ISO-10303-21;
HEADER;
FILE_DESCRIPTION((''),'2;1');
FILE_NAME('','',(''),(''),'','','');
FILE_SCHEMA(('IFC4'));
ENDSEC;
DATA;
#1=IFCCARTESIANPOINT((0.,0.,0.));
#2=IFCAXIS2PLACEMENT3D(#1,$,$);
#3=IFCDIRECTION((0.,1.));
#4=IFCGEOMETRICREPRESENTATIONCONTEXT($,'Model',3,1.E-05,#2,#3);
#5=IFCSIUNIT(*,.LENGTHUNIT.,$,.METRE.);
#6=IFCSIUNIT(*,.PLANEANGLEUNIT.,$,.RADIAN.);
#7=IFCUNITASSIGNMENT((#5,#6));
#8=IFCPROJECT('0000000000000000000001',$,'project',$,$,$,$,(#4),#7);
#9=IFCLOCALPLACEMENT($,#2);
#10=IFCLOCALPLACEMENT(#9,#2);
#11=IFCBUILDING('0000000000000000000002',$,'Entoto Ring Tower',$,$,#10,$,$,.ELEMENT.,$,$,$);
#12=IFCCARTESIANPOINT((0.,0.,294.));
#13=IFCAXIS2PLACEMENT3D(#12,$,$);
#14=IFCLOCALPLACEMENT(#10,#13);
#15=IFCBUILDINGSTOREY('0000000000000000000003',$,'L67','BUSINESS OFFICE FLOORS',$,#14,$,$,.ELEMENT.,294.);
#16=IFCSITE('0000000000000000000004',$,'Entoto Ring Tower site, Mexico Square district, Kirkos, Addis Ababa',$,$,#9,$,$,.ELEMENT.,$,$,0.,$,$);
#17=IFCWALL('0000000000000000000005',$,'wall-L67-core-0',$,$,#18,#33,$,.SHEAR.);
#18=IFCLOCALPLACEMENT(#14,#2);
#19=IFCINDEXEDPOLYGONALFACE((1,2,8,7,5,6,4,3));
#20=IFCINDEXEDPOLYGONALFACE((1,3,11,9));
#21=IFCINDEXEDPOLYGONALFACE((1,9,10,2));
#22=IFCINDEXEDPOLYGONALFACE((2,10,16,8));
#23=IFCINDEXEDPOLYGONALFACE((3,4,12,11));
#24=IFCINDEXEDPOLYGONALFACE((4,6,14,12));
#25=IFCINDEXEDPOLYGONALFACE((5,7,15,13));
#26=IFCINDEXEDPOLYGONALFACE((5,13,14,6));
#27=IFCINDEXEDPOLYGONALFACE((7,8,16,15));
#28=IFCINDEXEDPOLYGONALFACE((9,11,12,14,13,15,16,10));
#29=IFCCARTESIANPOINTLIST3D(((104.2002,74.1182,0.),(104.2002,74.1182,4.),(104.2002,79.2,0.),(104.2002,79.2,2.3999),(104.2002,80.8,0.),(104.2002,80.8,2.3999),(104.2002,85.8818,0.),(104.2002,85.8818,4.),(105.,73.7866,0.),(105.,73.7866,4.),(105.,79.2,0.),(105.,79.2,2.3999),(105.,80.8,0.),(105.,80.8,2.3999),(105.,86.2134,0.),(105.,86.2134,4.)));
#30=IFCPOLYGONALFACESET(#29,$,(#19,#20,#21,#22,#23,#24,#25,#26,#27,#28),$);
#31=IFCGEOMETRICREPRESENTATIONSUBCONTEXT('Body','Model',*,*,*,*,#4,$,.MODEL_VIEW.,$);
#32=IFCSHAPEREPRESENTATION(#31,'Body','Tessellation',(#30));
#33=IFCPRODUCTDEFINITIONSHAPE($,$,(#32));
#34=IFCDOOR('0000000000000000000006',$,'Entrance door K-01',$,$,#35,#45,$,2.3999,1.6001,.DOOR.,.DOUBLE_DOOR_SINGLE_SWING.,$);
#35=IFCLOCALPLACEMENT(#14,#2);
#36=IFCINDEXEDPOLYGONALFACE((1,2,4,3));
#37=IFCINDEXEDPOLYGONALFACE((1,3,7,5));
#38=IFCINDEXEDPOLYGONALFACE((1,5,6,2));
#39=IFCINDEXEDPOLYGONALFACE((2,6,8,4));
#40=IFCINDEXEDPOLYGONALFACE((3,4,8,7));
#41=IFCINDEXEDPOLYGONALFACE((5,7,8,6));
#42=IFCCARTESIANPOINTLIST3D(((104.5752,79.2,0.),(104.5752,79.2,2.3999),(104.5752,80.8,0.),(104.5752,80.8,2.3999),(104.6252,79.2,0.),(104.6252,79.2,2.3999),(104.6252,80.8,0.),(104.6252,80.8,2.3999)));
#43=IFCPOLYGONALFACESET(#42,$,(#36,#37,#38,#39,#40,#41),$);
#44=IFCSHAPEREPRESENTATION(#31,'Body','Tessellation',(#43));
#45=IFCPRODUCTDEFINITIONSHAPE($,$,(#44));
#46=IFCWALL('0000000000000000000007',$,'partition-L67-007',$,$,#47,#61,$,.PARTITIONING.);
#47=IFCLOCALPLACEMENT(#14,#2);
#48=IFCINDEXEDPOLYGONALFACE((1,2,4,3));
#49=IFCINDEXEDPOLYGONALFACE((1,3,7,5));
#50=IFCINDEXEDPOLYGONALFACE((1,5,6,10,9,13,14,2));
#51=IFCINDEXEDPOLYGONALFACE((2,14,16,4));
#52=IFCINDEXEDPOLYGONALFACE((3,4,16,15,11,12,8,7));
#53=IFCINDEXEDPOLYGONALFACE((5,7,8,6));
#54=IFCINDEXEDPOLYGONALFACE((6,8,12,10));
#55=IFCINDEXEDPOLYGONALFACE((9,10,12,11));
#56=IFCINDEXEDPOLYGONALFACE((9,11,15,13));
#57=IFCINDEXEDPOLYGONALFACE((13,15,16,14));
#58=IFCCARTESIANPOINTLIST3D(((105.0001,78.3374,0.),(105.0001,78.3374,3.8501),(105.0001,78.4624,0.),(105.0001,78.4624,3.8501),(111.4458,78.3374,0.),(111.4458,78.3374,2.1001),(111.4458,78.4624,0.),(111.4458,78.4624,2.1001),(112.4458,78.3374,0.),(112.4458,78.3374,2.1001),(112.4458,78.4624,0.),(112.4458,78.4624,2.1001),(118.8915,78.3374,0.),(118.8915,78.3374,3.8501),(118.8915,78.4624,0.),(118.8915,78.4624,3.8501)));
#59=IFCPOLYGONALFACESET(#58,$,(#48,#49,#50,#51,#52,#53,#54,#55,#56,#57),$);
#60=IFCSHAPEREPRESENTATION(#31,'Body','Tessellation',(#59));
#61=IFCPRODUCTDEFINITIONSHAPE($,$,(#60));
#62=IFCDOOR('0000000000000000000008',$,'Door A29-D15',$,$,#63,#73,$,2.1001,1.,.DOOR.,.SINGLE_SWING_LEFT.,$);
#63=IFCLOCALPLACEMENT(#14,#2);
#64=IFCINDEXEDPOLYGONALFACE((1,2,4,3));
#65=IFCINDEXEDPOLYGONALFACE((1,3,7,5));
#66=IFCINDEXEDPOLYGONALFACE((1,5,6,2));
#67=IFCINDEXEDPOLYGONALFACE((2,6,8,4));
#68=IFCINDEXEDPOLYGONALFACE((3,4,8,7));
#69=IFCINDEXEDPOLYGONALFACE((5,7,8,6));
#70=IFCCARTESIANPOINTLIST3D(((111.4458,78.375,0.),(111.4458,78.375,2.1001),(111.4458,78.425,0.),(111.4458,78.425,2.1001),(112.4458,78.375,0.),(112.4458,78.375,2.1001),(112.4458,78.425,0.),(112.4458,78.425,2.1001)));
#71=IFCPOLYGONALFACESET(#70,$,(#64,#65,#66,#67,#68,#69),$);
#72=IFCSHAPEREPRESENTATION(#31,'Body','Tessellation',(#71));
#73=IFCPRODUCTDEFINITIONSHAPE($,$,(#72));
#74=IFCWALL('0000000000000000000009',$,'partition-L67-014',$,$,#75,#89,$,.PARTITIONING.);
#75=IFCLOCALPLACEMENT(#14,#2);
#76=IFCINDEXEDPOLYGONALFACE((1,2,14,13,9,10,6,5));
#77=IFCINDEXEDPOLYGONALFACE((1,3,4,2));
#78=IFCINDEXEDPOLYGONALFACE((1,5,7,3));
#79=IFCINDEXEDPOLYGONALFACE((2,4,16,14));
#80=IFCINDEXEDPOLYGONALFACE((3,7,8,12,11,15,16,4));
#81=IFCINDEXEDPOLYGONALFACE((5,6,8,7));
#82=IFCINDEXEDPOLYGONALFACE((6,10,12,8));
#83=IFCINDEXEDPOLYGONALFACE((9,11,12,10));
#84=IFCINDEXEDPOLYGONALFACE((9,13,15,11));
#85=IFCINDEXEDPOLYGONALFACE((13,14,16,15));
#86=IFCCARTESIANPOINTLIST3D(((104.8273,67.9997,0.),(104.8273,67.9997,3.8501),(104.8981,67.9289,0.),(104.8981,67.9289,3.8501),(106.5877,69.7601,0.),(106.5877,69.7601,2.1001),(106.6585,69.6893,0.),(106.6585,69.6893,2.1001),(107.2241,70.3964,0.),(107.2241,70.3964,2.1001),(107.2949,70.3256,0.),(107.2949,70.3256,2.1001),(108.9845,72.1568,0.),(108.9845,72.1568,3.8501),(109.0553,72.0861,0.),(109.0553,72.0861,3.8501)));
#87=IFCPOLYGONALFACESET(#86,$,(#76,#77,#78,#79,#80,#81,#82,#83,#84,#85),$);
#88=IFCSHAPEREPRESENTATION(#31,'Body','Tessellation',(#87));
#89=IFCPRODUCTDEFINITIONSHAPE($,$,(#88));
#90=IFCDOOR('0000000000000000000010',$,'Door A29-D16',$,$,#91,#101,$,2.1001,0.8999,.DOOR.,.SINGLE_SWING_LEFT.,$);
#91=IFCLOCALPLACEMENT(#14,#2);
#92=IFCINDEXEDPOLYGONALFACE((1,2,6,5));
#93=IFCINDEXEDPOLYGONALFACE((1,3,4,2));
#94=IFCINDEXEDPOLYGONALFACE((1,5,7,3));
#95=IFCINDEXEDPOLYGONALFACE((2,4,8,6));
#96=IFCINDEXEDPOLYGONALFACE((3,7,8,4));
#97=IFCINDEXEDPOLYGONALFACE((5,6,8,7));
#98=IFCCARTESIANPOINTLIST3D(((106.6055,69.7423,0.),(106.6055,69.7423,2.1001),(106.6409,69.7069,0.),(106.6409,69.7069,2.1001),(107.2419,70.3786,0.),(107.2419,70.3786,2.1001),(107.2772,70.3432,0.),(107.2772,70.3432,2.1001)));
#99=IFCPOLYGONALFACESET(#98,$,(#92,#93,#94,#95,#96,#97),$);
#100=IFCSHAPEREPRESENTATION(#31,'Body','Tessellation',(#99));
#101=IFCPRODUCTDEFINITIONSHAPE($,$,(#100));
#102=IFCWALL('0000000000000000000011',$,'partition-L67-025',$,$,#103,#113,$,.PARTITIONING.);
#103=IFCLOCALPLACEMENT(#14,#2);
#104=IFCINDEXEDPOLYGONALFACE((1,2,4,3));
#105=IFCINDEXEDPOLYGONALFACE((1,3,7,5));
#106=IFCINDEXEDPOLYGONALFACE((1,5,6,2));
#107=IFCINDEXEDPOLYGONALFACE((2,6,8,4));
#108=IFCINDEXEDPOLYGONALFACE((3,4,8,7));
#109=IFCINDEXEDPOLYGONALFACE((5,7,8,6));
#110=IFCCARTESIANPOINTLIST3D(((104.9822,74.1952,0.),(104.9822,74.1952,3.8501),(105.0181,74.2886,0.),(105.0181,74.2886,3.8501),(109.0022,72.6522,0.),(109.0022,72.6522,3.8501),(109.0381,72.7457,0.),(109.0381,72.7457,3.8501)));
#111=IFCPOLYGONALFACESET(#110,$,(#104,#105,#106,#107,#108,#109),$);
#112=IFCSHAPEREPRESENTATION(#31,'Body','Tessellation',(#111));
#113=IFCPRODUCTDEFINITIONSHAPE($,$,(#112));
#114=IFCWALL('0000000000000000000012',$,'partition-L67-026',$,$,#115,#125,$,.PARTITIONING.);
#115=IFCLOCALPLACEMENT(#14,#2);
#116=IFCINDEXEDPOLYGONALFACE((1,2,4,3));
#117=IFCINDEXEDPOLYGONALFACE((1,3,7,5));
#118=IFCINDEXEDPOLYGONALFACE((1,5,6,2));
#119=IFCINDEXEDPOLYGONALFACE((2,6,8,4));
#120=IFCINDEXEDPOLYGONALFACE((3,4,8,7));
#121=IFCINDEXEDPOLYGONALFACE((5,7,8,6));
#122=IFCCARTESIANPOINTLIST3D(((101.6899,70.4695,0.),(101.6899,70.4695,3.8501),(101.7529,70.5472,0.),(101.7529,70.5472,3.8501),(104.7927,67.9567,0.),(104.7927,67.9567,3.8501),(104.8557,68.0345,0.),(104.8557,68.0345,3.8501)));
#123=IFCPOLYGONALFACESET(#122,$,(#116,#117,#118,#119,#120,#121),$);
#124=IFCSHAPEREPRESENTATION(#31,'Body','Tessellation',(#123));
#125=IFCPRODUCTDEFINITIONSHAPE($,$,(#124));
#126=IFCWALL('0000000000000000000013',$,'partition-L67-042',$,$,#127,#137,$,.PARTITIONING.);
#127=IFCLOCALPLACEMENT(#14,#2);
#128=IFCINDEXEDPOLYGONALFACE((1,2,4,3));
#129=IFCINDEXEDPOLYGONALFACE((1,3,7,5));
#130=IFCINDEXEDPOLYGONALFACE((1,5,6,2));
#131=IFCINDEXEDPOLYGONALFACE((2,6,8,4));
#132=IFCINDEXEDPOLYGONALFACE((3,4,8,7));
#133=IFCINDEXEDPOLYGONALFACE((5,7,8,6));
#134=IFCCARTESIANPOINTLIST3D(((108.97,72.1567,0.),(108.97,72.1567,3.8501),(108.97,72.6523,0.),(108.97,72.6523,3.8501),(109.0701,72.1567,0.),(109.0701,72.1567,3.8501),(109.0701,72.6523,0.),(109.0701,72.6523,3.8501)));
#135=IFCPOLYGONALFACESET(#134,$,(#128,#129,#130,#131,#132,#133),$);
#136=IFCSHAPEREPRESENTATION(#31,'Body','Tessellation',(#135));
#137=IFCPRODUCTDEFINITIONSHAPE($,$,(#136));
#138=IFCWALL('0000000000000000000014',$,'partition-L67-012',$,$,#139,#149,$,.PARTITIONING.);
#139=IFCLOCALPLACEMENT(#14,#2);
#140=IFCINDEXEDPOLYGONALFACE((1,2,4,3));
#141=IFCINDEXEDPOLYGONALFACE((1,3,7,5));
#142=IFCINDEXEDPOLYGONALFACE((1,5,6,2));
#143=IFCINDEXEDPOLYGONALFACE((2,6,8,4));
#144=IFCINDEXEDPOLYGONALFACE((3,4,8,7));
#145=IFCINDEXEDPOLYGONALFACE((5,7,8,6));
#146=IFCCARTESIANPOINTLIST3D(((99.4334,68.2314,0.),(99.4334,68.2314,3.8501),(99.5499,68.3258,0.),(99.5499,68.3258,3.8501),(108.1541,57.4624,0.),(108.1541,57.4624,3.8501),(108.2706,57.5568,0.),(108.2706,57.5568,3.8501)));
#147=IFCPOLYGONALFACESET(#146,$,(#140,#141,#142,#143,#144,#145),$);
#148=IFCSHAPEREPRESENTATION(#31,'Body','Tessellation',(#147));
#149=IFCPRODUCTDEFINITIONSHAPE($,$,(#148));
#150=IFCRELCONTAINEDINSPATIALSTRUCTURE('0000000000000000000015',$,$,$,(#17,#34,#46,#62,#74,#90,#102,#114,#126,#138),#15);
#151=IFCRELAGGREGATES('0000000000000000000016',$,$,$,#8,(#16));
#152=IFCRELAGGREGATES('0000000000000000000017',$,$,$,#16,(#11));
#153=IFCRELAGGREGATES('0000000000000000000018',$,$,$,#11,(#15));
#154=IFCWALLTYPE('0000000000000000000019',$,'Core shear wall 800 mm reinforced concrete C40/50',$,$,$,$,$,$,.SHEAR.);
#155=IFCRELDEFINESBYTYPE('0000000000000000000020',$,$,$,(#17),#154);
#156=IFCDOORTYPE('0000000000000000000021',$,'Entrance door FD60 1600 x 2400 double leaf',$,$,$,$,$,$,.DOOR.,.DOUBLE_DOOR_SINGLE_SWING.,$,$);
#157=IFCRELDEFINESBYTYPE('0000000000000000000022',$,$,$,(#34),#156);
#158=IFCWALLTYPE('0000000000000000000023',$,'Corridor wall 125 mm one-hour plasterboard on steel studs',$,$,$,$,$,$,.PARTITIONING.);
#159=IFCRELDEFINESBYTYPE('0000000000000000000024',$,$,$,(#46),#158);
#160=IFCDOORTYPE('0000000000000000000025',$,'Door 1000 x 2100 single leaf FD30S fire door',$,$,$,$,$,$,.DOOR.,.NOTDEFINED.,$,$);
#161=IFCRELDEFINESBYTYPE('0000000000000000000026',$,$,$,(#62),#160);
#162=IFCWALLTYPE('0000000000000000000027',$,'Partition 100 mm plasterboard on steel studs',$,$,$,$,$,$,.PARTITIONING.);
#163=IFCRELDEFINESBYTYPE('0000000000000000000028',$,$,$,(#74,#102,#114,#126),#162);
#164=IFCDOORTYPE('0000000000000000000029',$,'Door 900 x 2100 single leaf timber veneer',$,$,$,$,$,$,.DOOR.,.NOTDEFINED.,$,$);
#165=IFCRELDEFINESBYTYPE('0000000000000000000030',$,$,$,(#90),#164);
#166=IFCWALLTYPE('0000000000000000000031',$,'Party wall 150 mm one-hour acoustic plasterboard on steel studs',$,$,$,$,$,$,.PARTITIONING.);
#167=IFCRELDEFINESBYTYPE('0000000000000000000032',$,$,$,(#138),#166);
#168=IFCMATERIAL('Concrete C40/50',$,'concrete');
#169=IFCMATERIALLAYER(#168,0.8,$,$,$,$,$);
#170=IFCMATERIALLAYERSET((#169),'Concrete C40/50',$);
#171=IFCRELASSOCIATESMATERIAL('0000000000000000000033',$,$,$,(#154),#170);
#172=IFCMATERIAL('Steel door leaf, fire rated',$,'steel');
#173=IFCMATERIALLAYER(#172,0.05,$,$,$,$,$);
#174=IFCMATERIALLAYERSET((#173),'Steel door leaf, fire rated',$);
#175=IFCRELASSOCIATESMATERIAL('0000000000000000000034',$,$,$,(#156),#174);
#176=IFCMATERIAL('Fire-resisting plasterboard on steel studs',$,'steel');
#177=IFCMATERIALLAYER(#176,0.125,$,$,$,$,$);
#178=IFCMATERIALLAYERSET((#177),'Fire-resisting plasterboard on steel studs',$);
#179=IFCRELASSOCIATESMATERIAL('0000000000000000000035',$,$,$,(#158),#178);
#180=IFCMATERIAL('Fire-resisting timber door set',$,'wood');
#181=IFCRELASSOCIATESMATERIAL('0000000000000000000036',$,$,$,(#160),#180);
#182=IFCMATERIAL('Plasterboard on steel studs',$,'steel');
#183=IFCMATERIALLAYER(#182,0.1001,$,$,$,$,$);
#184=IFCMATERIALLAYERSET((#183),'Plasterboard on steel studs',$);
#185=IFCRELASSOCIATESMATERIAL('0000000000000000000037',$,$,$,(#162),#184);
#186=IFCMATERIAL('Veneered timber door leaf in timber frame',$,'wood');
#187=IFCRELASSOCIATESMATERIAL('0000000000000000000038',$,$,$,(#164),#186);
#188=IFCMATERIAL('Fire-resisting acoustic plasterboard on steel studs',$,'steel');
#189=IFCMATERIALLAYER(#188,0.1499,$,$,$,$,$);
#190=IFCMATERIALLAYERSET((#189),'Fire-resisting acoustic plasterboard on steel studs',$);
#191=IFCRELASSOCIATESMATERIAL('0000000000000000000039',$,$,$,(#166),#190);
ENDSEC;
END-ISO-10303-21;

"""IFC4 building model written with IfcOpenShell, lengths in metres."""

from ifc_helpers import new_model, si_unit, direction, frame, frame_2d, origin, place, context, subcontext, project, spatial, polyline, rectangle, outline, extrude, material, layer, layer_set, type_object, element, fill, save


model = new_model("IFC4")

# Units and contexts
model_context = context("Model", 3, precision=1e-05, world=origin(), true_north=direction((0.0, 1.0)))
body_context = subcontext(model_context, "Body", "Model", "MODEL_VIEW")
ifc_project = project(units=[si_unit("LENGTHUNIT", "METRE"), si_unit("PLANEANGLEUNIT", "RADIAN")], contexts=[model_context])

# Site, building, storey
site_placement = place(None, origin())
site = spatial("IfcSite", under=ifc_project, at=site_placement, Name="Entoto Ring Tower site, Mexico Square district, Kirkos, Addis Ababa", CompositionType="ELEMENT", RefElevation=0.0)
building_placement = place(site_placement, origin())
building = spatial("IfcBuilding", under=site, at=building_placement, Name="Entoto Ring Tower", CompositionType="ELEMENT")
storey_placement = place(building_placement, frame((0.0, 0.0, 294.0)))
storey = spatial("IfcBuildingStorey", under=building, at=storey_placement, Name="L67", Description="BUSINESS OFFICE FLOORS", CompositionType="ELEMENT", Elevation=294.0)

# Walls, openings, doors
ifc_material_1 = material(Name="Concrete C40/50", Category="concrete")
ifc_layer_1 = layer(ifc_material_1, 0.8)
ifc_layer_set_1 = layer_set([ifc_layer_1], Name="Concrete C40/50")
wall_type_1 = type_object("IfcWallType", Name="Core shear wall 800 mm reinforced concrete C40/50", PredefinedType="SHEAR", material=ifc_layer_set_1)
wall_1_placement = place(storey_placement, frame((104.6001, 73.9524, 0.0), z_axis=(0.0, 0.0, 1.0), x_axis=(0.0, 1.0, 0.0)))
wall_1 = element("IfcWall", 1, at=wall_1_placement, inside=storey, type_object=wall_type_1, Name="wall-L67-core-0", PredefinedType="SHEAR", context=body_context, shape_type="SweptSolid", body=[
    extrude(outline(polyline([(-0.1658, -0.3999), (12.261, -0.3999), (11.9294, 0.3999), (0.1658, 0.3999), (-0.1658, -0.3999)])), origin(), (0.0, 0.0, 1.0), 4.0),
])
opening_1_placement = place(wall_1_placement, frame((5.2476, 0.0, 0.0)))
opening_1 = element("IfcOpeningElement", 2, at=opening_1_placement, cuts=wall_1, PredefinedType="OPENING", context=body_context, shape_type="SweptSolid", body=[
    extrude(rectangle(XDim=1.6001, YDim=2.3999, at=frame_2d((0.8, 1.2))), frame((0.0, 0.4102, 0.0), z_axis=(0.0, -1.0, 0.0), x_axis=(1.0, 0.0, 0.0)), (0.0, 0.0, 1.0), 0.8201),
])
ifc_material_2 = material(Name="Steel door leaf, fire rated", Category="steel")
ifc_layer_2 = layer(ifc_material_2, 0.05)
ifc_layer_set_2 = layer_set([ifc_layer_2], Name="Steel door leaf, fire rated")
door_type_1 = type_object("IfcDoorType", Name="Entrance door FD60 1600 x 2400 double leaf", OperationType="DOUBLE_DOOR_SINGLE_SWING", PredefinedType="DOOR", material=ifc_layer_set_2)
door_1_placement = place(opening_1_placement, origin())
door_1 = element("IfcDoor", 3, at=door_1_placement, inside=storey, type_object=door_type_1, Name="Entrance door K-01", OperationType="DOUBLE_DOOR_SINGLE_SWING", OverallHeight=2.3999, OverallWidth=1.6001, PredefinedType="DOOR", context=body_context, shape_type="SweptSolid", body=[
    extrude(rectangle(XDim=1.6001, YDim=2.3999, at=frame_2d((0.8, 1.2))), frame((0.0, 0.0249, 0.0), z_axis=(0.0, -1.0, 0.0), x_axis=(1.0, 0.0, 0.0)), (0.0, 0.0, 1.0), 0.05),
])
fill(opening_1, door_1)
ifc_material_3 = material(Name="Fire-resisting plasterboard on steel studs", Category="steel")
ifc_layer_3 = layer(ifc_material_3, 0.125)
ifc_layer_set_3 = layer_set([ifc_layer_3], Name="Fire-resisting plasterboard on steel studs")
wall_type_2 = type_object("IfcWallType", Name="Corridor wall 125 mm one-hour plasterboard on steel studs", PredefinedType="PARTITIONING", material=ifc_layer_set_3)
wall_2_placement = place(storey_placement, frame((105.0, 78.3999, 0.0), z_axis=(0.0, 0.0, 1.0), x_axis=(1.0, 0.0, 0.0)))
wall_2 = element("IfcWall", 4, at=wall_2_placement, inside=storey, type_object=wall_type_2, Name="partition-L67-007", PredefinedType="PARTITIONING", context=body_context, shape_type="SweptSolid", body=[
    extrude(rectangle(XDim=13.8914, YDim=0.125, at=frame_2d((6.9458, 0.0))), origin(), (0.0, 0.0, 1.0), 3.8501),
])
opening_2_placement = place(wall_2_placement, frame((6.4458, 0.0, 0.0)))
opening_2 = element("IfcOpeningElement", 5, at=opening_2_placement, cuts=wall_2, PredefinedType="OPENING", context=body_context, shape_type="SweptSolid", body=[
    extrude(rectangle(XDim=1.0, YDim=2.1001, at=frame_2d((0.5, 1.05))), frame((0.0, 0.0725, 0.0), z_axis=(0.0, -1.0, 0.0), x_axis=(1.0, 0.0, 0.0)), (0.0, 0.0, 1.0), 0.145),
])
ifc_material_4 = material(Name="Fire-resisting timber door set", Category="wood")
door_type_2 = type_object("IfcDoorType", Name="Door 1000 x 2100 single leaf FD30S fire door", OperationType="NOTDEFINED", PredefinedType="DOOR", material=ifc_material_4)
door_2_placement = place(opening_2_placement, frame((1.0, 0.0, 0.0), z_axis=(0.0, 0.0, 1.0), x_axis=(-1.0, 0.0, 0.0)))
door_2 = element("IfcDoor", 6, at=door_2_placement, inside=storey, type_object=door_type_2, Name="Door A29-D15", OperationType="SINGLE_SWING_LEFT", OverallHeight=2.1001, OverallWidth=1.0, PredefinedType="DOOR", context=body_context, shape_type="SweptSolid", body=[
    extrude(rectangle(XDim=1.0, YDim=2.1001, at=frame_2d((0.5, 1.05))), frame((0.0, 0.0249, 0.0), z_axis=(0.0, -1.0, 0.0), x_axis=(1.0, 0.0, 0.0)), (0.0, 0.0, 1.0), 0.05),
])
fill(opening_2, door_2)
ifc_material_5 = material(Name="Plasterboard on steel studs", Category="steel")
ifc_layer_4 = layer(ifc_material_5, 0.1001)
ifc_layer_set_4 = layer_set([ifc_layer_4], Name="Plasterboard on steel studs")
wall_type_3 = type_object("IfcWallType", Name="Partition 100 mm plasterboard on steel studs", PredefinedType="PARTITIONING", material=ifc_layer_set_4)
wall_3_placement = place(storey_placement, frame((104.8628, 67.9644, 0.0), z_axis=(0.0, 0.0, 1.0), x_axis=(0.707107, 0.707107, 0.0)))
wall_3 = element("IfcWall", 7, at=wall_3_placement, inside=storey, type_object=wall_type_3, Name="partition-L67-014", PredefinedType="PARTITIONING", context=body_context, shape_type="SweptSolid", body=[
    extrude(rectangle(XDim=5.8792, YDim=0.1001, at=frame_2d((2.9395, 0.0))), origin(), (0.0, 0.0, 1.0), 3.8501),
])
opening_3_placement = place(wall_3_placement, frame((2.4895, 0.0, 0.0)))
opening_3 = element("IfcOpeningElement", 8, at=opening_3_placement, cuts=wall_3, PredefinedType="OPENING", context=body_context, shape_type="SweptSolid", body=[
    extrude(rectangle(XDim=0.8999, YDim=2.1001, at=frame_2d((0.45, 1.05))), frame((0.0, 0.0601, 0.0), z_axis=(0.0, -1.0, 0.0), x_axis=(1.0, 0.0, 0.0)), (0.0, 0.0, 1.0), 0.1201),
])
ifc_material_6 = material(Name="Veneered timber door leaf in timber frame", Category="wood")
door_type_3 = type_object("IfcDoorType", Name="Door 900 x 2100 single leaf timber veneer", OperationType="NOTDEFINED", PredefinedType="DOOR", material=ifc_material_6)
door_3_placement = place(opening_3_placement, origin())
door_3 = element("IfcDoor", 9, at=door_3_placement, inside=storey, type_object=door_type_3, Name="Door A29-D16", OperationType="SINGLE_SWING_LEFT", OverallHeight=2.1001, OverallWidth=0.8999, PredefinedType="DOOR", context=body_context, shape_type="SweptSolid", body=[
    extrude(rectangle(XDim=0.8999, YDim=2.1001, at=frame_2d((0.45, 1.05))), frame((0.0, 0.0249, 0.0), z_axis=(0.0, -1.0, 0.0), x_axis=(1.0, 0.0, 0.0)), (0.0, 0.0, 1.0), 0.05),
])
fill(opening_3, door_3)

# Walls
wall_4_placement = place(storey_placement, frame((109.02, 72.699, 0.0), z_axis=(0.0, 0.0, 1.0), x_axis=(-0.933594, 0.358333, 0.0)))
element("IfcWall", 10, at=wall_4_placement, inside=storey, type_object=wall_type_3, Name="partition-L67-025", PredefinedType="PARTITIONING", context=body_context, shape_type="SweptSolid", body=[
    extrude(rectangle(XDim=4.3059, YDim=0.1001, at=frame_2d((2.1528, 0.0))), origin(), (0.0, 0.0, 1.0), 3.8501),
])
wall_5_placement = place(storey_placement, frame((104.8242, 67.9956, 0.0), z_axis=(0.0, 0.0, 1.0), x_axis=(-0.777132, 0.629337, 0.0)))
element("IfcWall", 11, at=wall_5_placement, inside=storey, type_object=wall_type_3, Name="partition-L67-026", PredefinedType="PARTITIONING", context=body_context, shape_type="SweptSolid", body=[
    extrude(rectangle(XDim=3.9927, YDim=0.1001, at=frame_2d((1.9963, 0.0))), origin(), (0.0, 0.0, 1.0), 3.8501),
])
wall_6_placement = place(storey_placement, frame((109.02, 72.1567, 0.0), z_axis=(0.0, 0.0, 1.0), x_axis=(0.0, 1.0, 0.0)))
element("IfcWall", 12, at=wall_6_placement, inside=storey, type_object=wall_type_3, Name="partition-L67-042", PredefinedType="PARTITIONING", context=body_context, shape_type="SweptSolid", body=[
    extrude(rectangle(XDim=0.4956, YDim=0.1001, at=frame_2d((0.2478, 0.0))), origin(), (0.0, 0.0, 1.0), 3.8501),
])
ifc_material_7 = material(Name="Fire-resisting acoustic plasterboard on steel studs", Category="steel")
ifc_layer_5 = layer(ifc_material_7, 0.1499)
ifc_layer_set_5 = layer_set([ifc_layer_5], Name="Fire-resisting acoustic plasterboard on steel studs")
wall_type_4 = type_object("IfcWallType", Name="Party wall 150 mm one-hour acoustic plasterboard on steel studs", PredefinedType="PARTITIONING", material=ifc_layer_set_5)
wall_7_placement = place(storey_placement, frame((108.2124, 57.5095, 0.0), z_axis=(0.0, 0.0, 1.0), x_axis=(-0.629325, 0.777142, 0.0)))
element("IfcWall", 13, at=wall_7_placement, inside=storey, type_object=wall_type_4, Name="partition-L67-012", PredefinedType="PARTITIONING", context=body_context, shape_type="SweptSolid", body=[
    extrude(rectangle(XDim=13.8572, YDim=0.1499, at=frame_2d((6.9287, 0.0))), origin(), (0.0, 0.0, 1.0), 3.8501),
])

save(model, "model.ifc")
